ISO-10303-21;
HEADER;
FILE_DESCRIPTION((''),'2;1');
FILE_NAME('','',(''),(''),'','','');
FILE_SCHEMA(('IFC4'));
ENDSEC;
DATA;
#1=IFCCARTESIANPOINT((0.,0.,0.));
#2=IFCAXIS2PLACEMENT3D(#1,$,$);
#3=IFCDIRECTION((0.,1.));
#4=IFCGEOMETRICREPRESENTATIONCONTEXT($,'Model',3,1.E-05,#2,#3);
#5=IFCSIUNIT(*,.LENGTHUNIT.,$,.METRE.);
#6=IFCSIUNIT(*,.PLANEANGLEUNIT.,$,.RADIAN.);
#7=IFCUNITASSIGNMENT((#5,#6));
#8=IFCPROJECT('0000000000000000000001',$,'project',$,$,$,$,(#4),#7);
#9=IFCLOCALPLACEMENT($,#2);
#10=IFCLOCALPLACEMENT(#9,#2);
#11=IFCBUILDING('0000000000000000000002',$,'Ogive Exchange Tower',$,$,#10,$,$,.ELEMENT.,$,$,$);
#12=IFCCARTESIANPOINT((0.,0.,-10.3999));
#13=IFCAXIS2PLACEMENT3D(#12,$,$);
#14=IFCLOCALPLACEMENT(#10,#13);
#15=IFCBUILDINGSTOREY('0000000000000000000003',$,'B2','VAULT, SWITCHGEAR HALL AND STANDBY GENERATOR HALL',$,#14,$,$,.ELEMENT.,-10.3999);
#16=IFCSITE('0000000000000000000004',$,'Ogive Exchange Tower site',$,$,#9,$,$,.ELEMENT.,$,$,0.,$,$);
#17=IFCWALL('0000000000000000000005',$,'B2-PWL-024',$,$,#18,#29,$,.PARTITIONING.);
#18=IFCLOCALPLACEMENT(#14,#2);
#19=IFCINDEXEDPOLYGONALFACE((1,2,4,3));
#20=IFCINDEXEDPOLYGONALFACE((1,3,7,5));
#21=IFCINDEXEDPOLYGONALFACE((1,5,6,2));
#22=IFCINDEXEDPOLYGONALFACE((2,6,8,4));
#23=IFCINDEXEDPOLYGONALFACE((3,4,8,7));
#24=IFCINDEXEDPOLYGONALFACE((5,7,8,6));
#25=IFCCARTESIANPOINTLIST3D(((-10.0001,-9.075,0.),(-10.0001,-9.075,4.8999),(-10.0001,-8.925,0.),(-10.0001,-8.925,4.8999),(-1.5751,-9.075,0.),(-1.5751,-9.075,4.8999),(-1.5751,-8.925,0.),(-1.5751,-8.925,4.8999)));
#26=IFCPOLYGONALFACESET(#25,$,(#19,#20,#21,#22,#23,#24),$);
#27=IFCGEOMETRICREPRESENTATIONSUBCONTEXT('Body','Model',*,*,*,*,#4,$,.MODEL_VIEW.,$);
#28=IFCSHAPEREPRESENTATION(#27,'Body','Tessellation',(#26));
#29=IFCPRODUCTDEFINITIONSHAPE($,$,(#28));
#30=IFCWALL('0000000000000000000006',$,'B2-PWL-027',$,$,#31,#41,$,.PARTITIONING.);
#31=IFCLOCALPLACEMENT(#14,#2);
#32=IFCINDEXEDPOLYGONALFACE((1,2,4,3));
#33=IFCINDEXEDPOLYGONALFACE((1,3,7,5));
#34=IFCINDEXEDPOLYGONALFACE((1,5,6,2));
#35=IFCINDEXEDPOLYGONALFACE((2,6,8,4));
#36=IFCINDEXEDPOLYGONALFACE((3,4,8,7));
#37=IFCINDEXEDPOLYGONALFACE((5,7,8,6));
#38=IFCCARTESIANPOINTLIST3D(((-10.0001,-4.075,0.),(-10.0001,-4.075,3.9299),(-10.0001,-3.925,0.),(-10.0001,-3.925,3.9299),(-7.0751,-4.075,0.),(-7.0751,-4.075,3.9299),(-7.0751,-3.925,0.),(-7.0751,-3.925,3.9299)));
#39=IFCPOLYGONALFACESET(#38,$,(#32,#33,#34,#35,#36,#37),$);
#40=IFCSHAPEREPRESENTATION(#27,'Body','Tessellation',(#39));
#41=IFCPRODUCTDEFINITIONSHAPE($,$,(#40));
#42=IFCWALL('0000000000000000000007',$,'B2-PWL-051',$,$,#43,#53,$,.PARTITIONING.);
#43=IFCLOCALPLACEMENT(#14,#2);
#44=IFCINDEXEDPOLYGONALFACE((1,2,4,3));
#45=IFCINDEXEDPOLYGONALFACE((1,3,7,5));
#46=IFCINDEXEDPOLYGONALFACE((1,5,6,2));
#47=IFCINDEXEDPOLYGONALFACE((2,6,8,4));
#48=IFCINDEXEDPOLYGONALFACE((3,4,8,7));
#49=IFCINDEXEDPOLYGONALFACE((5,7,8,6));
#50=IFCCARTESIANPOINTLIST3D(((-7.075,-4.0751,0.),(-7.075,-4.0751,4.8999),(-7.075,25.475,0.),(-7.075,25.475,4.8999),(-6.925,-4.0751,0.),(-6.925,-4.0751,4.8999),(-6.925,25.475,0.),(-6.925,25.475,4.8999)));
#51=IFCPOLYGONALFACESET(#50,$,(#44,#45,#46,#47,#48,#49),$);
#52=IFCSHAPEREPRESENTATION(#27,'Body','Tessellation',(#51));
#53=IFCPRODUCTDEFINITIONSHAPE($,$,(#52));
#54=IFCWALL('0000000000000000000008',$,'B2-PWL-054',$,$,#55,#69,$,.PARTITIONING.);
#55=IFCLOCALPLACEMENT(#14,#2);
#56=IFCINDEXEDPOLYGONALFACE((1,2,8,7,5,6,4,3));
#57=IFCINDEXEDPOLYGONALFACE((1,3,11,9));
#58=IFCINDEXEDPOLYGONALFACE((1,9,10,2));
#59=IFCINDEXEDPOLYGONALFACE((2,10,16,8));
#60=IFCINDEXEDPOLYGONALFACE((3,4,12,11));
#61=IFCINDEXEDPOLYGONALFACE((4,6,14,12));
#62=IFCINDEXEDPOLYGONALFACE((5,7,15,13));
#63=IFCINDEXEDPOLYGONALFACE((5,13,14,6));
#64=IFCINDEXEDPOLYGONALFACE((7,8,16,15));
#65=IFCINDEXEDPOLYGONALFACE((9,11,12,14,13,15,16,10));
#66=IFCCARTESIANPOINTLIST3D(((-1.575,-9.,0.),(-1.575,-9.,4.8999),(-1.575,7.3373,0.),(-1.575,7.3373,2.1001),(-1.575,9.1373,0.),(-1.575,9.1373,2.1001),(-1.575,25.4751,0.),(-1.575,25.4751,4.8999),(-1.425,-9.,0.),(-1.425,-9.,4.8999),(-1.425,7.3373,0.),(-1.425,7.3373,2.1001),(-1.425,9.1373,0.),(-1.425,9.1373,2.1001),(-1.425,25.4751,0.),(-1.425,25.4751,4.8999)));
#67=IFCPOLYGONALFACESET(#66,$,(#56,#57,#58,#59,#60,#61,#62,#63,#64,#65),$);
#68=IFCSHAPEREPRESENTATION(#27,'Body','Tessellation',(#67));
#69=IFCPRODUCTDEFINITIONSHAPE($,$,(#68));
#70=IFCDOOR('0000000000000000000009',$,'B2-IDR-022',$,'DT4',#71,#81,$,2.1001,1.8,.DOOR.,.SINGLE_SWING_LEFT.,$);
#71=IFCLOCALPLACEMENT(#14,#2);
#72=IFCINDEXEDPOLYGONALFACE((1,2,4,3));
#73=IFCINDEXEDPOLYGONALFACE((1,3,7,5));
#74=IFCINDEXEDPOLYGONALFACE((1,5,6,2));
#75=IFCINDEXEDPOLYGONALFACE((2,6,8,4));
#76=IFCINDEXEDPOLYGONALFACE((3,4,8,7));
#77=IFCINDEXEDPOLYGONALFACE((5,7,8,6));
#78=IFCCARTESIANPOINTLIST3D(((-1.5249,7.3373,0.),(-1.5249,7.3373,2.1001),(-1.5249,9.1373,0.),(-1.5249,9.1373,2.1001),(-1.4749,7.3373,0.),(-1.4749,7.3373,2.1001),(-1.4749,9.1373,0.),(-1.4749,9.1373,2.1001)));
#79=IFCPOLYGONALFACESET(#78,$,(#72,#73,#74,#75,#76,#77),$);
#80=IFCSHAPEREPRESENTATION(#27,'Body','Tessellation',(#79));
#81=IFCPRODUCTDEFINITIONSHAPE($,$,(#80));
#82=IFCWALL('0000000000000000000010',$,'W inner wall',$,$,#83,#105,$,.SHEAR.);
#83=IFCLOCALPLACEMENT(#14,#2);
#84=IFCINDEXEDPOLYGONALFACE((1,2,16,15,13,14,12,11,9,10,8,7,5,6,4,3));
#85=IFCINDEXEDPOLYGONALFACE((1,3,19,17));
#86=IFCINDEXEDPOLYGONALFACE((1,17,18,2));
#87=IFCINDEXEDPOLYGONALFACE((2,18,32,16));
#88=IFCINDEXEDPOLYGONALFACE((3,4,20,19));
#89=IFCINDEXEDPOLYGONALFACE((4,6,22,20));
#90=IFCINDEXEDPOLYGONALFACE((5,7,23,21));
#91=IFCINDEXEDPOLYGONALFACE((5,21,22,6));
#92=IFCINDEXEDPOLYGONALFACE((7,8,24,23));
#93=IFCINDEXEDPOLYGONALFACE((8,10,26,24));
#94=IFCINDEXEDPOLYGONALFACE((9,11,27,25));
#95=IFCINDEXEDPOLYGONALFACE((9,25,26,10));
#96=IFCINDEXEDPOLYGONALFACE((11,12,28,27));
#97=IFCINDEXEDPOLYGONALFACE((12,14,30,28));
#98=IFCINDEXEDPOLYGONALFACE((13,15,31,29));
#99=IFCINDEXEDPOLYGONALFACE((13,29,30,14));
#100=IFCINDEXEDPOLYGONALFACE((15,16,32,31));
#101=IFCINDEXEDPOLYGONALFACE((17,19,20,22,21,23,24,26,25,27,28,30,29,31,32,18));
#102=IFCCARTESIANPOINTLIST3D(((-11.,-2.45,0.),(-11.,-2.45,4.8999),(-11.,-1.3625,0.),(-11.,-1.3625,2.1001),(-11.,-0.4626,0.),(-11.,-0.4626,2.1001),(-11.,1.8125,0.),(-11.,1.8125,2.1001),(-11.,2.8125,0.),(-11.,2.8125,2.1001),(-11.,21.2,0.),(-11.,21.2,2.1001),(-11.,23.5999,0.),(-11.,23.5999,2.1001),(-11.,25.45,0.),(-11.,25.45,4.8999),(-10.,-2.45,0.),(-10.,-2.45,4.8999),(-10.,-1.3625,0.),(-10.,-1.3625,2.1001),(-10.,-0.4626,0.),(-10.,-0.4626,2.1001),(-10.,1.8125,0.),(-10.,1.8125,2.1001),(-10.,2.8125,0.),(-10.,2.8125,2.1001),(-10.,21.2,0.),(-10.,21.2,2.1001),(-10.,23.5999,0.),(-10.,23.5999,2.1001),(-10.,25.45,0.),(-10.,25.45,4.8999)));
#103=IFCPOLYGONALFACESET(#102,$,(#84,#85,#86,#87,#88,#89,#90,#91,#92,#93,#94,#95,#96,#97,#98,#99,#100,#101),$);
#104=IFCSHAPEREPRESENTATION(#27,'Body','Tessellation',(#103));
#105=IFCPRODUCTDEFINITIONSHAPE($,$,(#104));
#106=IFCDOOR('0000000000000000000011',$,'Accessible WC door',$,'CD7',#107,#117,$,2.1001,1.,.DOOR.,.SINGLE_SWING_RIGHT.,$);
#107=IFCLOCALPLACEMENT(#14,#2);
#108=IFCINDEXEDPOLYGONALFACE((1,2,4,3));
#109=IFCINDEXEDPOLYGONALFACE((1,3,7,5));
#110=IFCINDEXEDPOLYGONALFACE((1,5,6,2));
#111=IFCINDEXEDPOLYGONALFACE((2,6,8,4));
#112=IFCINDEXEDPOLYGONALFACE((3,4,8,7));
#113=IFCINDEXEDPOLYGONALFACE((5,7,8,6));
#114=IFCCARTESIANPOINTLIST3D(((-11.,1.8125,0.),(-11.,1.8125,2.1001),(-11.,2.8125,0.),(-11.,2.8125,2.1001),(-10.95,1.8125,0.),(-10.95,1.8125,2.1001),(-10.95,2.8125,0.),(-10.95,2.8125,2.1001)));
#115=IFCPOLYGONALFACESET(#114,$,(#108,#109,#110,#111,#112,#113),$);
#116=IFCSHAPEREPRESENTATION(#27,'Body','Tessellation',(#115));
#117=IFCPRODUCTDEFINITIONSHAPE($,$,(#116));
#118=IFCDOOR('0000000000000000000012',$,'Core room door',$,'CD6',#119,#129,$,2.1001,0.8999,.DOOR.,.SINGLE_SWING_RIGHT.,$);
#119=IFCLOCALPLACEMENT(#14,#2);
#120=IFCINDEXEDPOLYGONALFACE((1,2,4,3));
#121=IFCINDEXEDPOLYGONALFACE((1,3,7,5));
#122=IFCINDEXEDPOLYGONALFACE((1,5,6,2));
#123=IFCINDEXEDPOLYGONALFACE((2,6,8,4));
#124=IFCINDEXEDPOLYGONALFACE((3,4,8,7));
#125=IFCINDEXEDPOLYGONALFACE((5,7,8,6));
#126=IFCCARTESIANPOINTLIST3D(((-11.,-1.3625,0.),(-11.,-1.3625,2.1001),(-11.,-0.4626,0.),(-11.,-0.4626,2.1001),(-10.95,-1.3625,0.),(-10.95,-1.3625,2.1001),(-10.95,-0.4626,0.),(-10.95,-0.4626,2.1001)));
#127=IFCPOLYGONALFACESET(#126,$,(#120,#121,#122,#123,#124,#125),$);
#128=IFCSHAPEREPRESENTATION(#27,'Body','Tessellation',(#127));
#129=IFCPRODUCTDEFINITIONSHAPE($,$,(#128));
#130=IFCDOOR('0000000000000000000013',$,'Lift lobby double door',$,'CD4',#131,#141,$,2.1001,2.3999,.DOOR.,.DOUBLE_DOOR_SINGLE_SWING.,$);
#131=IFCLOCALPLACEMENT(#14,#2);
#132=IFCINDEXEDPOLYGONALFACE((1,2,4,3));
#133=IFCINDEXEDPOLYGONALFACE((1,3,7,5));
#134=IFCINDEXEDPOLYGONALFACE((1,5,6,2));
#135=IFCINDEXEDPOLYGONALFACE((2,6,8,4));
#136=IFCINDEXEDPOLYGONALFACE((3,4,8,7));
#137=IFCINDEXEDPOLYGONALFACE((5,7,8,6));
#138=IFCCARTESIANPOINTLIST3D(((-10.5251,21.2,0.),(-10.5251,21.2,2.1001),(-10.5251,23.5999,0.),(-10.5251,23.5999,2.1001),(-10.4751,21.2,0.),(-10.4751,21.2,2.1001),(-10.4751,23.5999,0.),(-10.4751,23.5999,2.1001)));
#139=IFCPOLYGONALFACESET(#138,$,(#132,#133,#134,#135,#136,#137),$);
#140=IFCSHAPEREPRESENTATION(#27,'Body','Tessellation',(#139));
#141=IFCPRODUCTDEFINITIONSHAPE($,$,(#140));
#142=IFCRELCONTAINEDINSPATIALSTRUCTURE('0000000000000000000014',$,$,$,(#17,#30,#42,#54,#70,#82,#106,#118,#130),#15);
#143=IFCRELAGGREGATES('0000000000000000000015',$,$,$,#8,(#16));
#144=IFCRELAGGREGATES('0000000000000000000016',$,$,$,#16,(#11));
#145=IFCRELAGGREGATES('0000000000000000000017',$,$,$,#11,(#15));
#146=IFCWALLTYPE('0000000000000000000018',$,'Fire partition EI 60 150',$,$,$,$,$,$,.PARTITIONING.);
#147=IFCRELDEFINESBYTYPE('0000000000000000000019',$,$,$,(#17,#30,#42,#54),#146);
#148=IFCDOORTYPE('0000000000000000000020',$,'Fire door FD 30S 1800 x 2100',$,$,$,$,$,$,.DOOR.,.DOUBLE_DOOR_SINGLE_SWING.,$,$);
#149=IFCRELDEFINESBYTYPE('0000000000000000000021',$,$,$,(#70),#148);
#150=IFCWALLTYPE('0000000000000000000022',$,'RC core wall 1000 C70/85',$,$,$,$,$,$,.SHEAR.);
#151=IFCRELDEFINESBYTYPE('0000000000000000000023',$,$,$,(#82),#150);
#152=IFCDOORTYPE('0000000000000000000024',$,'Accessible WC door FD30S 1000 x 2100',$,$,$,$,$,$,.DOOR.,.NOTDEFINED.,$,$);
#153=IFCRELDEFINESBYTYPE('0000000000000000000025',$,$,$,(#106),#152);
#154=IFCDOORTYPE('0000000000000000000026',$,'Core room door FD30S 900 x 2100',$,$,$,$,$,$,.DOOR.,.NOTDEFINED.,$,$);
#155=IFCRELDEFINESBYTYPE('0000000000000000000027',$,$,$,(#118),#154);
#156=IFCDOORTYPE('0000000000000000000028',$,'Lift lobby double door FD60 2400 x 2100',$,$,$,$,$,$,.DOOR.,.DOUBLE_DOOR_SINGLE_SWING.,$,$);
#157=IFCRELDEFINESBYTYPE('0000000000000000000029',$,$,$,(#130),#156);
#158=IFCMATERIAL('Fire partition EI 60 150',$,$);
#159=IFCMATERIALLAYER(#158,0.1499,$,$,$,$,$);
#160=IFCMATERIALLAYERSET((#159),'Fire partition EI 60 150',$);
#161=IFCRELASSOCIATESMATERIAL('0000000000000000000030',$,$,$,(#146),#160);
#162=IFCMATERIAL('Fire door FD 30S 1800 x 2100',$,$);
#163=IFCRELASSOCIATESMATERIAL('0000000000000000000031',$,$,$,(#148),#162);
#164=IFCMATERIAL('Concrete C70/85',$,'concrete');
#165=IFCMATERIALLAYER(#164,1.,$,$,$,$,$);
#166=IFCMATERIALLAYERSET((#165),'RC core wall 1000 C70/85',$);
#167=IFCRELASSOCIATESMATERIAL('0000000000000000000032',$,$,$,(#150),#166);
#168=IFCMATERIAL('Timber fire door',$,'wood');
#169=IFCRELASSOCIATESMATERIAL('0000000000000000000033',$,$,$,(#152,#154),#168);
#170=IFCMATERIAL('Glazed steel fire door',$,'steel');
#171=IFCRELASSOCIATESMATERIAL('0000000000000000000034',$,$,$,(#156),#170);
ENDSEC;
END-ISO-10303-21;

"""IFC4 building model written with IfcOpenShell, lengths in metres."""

from ifc_helpers import new_model, si_unit, direction, frame, frame_2d, origin, place, context, subcontext, project, spatial, rectangle, extrude, material, layer, layer_set, type_object, element, fill, save


model = new_model("IFC4")

# Units and contexts
model_context = context("Model", 3, precision=1e-05, world=origin(), true_north=direction((0.0, 1.0)))
body_context = subcontext(model_context, "Body", "Model", "MODEL_VIEW")
ifc_project = project(units=[si_unit("LENGTHUNIT", "METRE"), si_unit("PLANEANGLEUNIT", "RADIAN")], contexts=[model_context])

# Site, building, storey
site_placement = place(None, origin())
site = spatial("IfcSite", under=ifc_project, at=site_placement, Name="Ogive Exchange Tower site", CompositionType="ELEMENT", RefElevation=0.0)
building_placement = place(site_placement, origin())
building = spatial("IfcBuilding", under=site, at=building_placement, Name="Ogive Exchange Tower", CompositionType="ELEMENT")
storey_placement = place(building_placement, frame((0.0, 0.0, -10.3999)))
storey = spatial("IfcBuildingStorey", under=building, at=storey_placement, Name="B2", Description="VAULT, SWITCHGEAR HALL AND STANDBY GENERATOR HALL", CompositionType="ELEMENT", Elevation=-10.3999)

# Walls
ifc_material_1 = material(Name="Fire partition EI 60 150")
ifc_layer_1 = layer(ifc_material_1, 0.1499)
ifc_layer_set_1 = layer_set([ifc_layer_1], Name="Fire partition EI 60 150")
wall_type_1 = type_object("IfcWallType", Name="Fire partition EI 60 150", PredefinedType="PARTITIONING", material=ifc_layer_set_1)
wall_1_placement = place(storey_placement, frame((-10.0, -9.0, 0.0), z_axis=(0.0, 0.0, 1.0), x_axis=(1.0, 0.0, 0.0)))
element("IfcWall", 1, at=wall_1_placement, inside=storey, type_object=wall_type_1, Name="B2-PWL-024", PredefinedType="PARTITIONING", context=body_context, shape_type="SweptSolid", body=[
    extrude(rectangle(XDim=8.425, YDim=0.1499, at=frame_2d((4.2124, 0.0))), origin(), (0.0, 0.0, 1.0), 4.8999),
])
wall_2_placement = place(storey_placement, frame((-10.0, -4.0, 0.0), z_axis=(0.0, 0.0, 1.0), x_axis=(1.0, 0.0, 0.0)))
element("IfcWall", 2, at=wall_2_placement, inside=storey, type_object=wall_type_1, Name="B2-PWL-027", PredefinedType="PARTITIONING", context=body_context, shape_type="SweptSolid", body=[
    extrude(rectangle(XDim=2.925, YDim=0.1499, at=frame_2d((1.4624, 0.0))), origin(), (0.0, 0.0, 1.0), 3.9299),
])
wall_3_placement = place(storey_placement, frame((-7.0, -4.075, 0.0), z_axis=(0.0, 0.0, 1.0), x_axis=(0.0, 1.0, 0.0)))
element("IfcWall", 3, at=wall_3_placement, inside=storey, type_object=wall_type_1, Name="B2-PWL-051", PredefinedType="PARTITIONING", context=body_context, shape_type="SweptSolid", body=[
    extrude(rectangle(XDim=29.55, YDim=0.1499, at=frame_2d((14.7749, 0.0))), origin(), (0.0, 0.0, 1.0), 4.8999),
])

# Wall, opening, door
wall_4_placement = place(storey_placement, frame((-1.5, -9.0, 0.0), z_axis=(0.0, 0.0, 1.0), x_axis=(0.0, 1.0, 0.0)))
wall_4 = element("IfcWall", 4, at=wall_4_placement, inside=storey, type_object=wall_type_1, Name="B2-PWL-054", PredefinedType="PARTITIONING", context=body_context, shape_type="SweptSolid", body=[
    extrude(rectangle(XDim=34.4751, YDim=0.1499, at=frame_2d((17.2375, 0.0))), origin(), (0.0, 0.0, 1.0), 4.8999),
])
opening_1_placement = place(wall_4_placement, frame((16.3374, 0.0, 0.0)))
opening_1 = element("IfcOpeningElement", 5, at=opening_1_placement, cuts=wall_4, PredefinedType="OPENING", context=body_context, shape_type="SweptSolid", body=[
    extrude(rectangle(XDim=1.8, YDim=2.1001, at=frame_2d((0.8999, 1.05))), frame((0.0, 0.085, 0.0), z_axis=(0.0, -1.0, 0.0), x_axis=(1.0, 0.0, 0.0)), (0.0, 0.0, 1.0), 0.1699),
])
ifc_material_2 = material(Name="Fire door FD 30S 1800 x 2100")
door_type_1 = type_object("IfcDoorType", Name="Fire door FD 30S 1800 x 2100", OperationType="DOUBLE_DOOR_SINGLE_SWING", PredefinedType="DOOR", material=ifc_material_2)
door_1_placement = place(opening_1_placement, origin())
door_1 = element("IfcDoor", 6, at=door_1_placement, inside=storey, type_object=door_type_1, Name="B2-IDR-022", ObjectType="DT4", OperationType="SINGLE_SWING_LEFT", OverallHeight=2.1001, OverallWidth=1.8, PredefinedType="DOOR", context=body_context, shape_type="SweptSolid", body=[
    extrude(rectangle(XDim=1.8, YDim=2.1001, at=frame_2d((0.8999, 1.05))), frame((0.0, 0.0249, 0.0), z_axis=(0.0, -1.0, 0.0), x_axis=(1.0, 0.0, 0.0)), (0.0, 0.0, 1.0), 0.05),
])
fill(opening_1, door_1)

# Wall, openings, doors
ifc_material_3 = material(Name="Concrete C70/85", Category="concrete")
ifc_layer_2 = layer(ifc_material_3, 1.0)
ifc_layer_set_2 = layer_set([ifc_layer_2], Name="RC core wall 1000 C70/85")
wall_type_2 = type_object("IfcWallType", Name="RC core wall 1000 C70/85", PredefinedType="SHEAR", material=ifc_layer_set_2)
wall_5_placement = place(storey_placement, frame((-10.5, -2.45, 0.0), z_axis=(0.0, 0.0, 1.0), x_axis=(0.0, 1.0, 0.0)))
wall_5 = element("IfcWall", 7, at=wall_5_placement, inside=storey, type_object=wall_type_2, Name="W inner wall", PredefinedType="SHEAR", context=body_context, shape_type="SweptSolid", body=[
    extrude(rectangle(XDim=27.8999, YDim=1.0, at=frame_2d((13.95, 0.0))), origin(), (0.0, 0.0, 1.0), 4.8999),
])
opening_2_placement = place(wall_5_placement, frame((23.6499, 0.0, 0.0)))
opening_2 = element("IfcOpeningElement", 8, at=opening_2_placement, cuts=wall_5, PredefinedType="OPENING", context=body_context, shape_type="SweptSolid", body=[
    extrude(rectangle(XDim=2.3999, YDim=2.1001, at=frame_2d((1.2, 1.05))), frame((0.0, 0.51, 0.0), z_axis=(0.0, -1.0, 0.0), x_axis=(1.0, 0.0, 0.0)), (0.0, 0.0, 1.0), 1.02),
])
opening_3_placement = place(wall_5_placement, frame((1.0874, 0.0, 0.0)))
opening_3 = element("IfcOpeningElement", 9, at=opening_3_placement, cuts=wall_5, PredefinedType="OPENING", context=body_context, shape_type="SweptSolid", body=[
    extrude(rectangle(XDim=0.8999, YDim=2.1001, at=frame_2d((0.45, 1.05))), frame((0.0, 0.51, 0.0), z_axis=(0.0, -1.0, 0.0), x_axis=(1.0, 0.0, 0.0)), (0.0, 0.0, 1.0), 1.02),
])
opening_4_placement = place(wall_5_placement, frame((4.2625, 0.0, 0.0)))
opening_4 = element("IfcOpeningElement", 10, at=opening_4_placement, cuts=wall_5, PredefinedType="OPENING", context=body_context, shape_type="SweptSolid", body=[
    extrude(rectangle(XDim=1.0, YDim=2.1001, at=frame_2d((0.5, 1.05))), frame((0.0, 0.51, 0.0), z_axis=(0.0, -1.0, 0.0), x_axis=(1.0, 0.0, 0.0)), (0.0, 0.0, 1.0), 1.02),
])
ifc_material_4 = material(Name="Timber fire door", Category="wood")
door_type_2 = type_object("IfcDoorType", Name="Accessible WC door FD30S 1000 x 2100", OperationType="NOTDEFINED", PredefinedType="DOOR", material=ifc_material_4)
door_2_placement = place(opening_4_placement, origin())
door_2 = element("IfcDoor", 11, at=door_2_placement, inside=storey, type_object=door_type_2, Name="Accessible WC door", ObjectType="CD7", OperationType="SINGLE_SWING_RIGHT", OverallHeight=2.1001, OverallWidth=1.0, PredefinedType="DOOR", context=body_context, shape_type="SweptSolid", body=[
    extrude(rectangle(XDim=1.0, YDim=2.1001, at=frame_2d((0.5, 1.05))), frame((0.0, 0.5, 0.0), z_axis=(0.0, -1.0, 0.0), x_axis=(1.0, 0.0, 0.0)), (0.0, 0.0, 1.0), 0.05),
])
fill(opening_4, door_2)
door_type_3 = type_object("IfcDoorType", Name="Core room door FD30S 900 x 2100", OperationType="NOTDEFINED", PredefinedType="DOOR", material=ifc_material_4)
door_3_placement = place(opening_3_placement, origin())
door_3 = element("IfcDoor", 12, at=door_3_placement, inside=storey, type_object=door_type_3, Name="Core room door", ObjectType="CD6", OperationType="SINGLE_SWING_RIGHT", OverallHeight=2.1001, OverallWidth=0.8999, PredefinedType="DOOR", context=body_context, shape_type="SweptSolid", body=[
    extrude(rectangle(XDim=0.8999, YDim=2.1001, at=frame_2d((0.45, 1.05))), frame((0.0, 0.5, 0.0), z_axis=(0.0, -1.0, 0.0), x_axis=(1.0, 0.0, 0.0)), (0.0, 0.0, 1.0), 0.05),
])
fill(opening_3, door_3)
ifc_material_5 = material(Name="Glazed steel fire door", Category="steel")
door_type_4 = type_object("IfcDoorType", Name="Lift lobby double door FD60 2400 x 2100", OperationType="DOUBLE_DOOR_SINGLE_SWING", PredefinedType="DOOR", material=ifc_material_5)
door_4_placement = place(opening_2_placement, frame((2.3999, 0.0, 0.0), z_axis=(0.0, 0.0, 1.0), x_axis=(-1.0, 0.0, 0.0)))
door_4 = element("IfcDoor", 13, at=door_4_placement, inside=storey, type_object=door_type_4, Name="Lift lobby double door", ObjectType="CD4", OperationType="DOUBLE_DOOR_SINGLE_SWING", OverallHeight=2.1001, OverallWidth=2.3999, PredefinedType="DOOR", context=body_context, shape_type="SweptSolid", body=[
    extrude(rectangle(XDim=2.3999, YDim=2.1001, at=frame_2d((1.2, 1.05))), frame((0.0, 0.0249, 0.0), z_axis=(0.0, -1.0, 0.0), x_axis=(1.0, 0.0, 0.0)), (0.0, 0.0, 1.0), 0.05),
])
fill(opening_2, door_4)

save(model, "model.ifc")
